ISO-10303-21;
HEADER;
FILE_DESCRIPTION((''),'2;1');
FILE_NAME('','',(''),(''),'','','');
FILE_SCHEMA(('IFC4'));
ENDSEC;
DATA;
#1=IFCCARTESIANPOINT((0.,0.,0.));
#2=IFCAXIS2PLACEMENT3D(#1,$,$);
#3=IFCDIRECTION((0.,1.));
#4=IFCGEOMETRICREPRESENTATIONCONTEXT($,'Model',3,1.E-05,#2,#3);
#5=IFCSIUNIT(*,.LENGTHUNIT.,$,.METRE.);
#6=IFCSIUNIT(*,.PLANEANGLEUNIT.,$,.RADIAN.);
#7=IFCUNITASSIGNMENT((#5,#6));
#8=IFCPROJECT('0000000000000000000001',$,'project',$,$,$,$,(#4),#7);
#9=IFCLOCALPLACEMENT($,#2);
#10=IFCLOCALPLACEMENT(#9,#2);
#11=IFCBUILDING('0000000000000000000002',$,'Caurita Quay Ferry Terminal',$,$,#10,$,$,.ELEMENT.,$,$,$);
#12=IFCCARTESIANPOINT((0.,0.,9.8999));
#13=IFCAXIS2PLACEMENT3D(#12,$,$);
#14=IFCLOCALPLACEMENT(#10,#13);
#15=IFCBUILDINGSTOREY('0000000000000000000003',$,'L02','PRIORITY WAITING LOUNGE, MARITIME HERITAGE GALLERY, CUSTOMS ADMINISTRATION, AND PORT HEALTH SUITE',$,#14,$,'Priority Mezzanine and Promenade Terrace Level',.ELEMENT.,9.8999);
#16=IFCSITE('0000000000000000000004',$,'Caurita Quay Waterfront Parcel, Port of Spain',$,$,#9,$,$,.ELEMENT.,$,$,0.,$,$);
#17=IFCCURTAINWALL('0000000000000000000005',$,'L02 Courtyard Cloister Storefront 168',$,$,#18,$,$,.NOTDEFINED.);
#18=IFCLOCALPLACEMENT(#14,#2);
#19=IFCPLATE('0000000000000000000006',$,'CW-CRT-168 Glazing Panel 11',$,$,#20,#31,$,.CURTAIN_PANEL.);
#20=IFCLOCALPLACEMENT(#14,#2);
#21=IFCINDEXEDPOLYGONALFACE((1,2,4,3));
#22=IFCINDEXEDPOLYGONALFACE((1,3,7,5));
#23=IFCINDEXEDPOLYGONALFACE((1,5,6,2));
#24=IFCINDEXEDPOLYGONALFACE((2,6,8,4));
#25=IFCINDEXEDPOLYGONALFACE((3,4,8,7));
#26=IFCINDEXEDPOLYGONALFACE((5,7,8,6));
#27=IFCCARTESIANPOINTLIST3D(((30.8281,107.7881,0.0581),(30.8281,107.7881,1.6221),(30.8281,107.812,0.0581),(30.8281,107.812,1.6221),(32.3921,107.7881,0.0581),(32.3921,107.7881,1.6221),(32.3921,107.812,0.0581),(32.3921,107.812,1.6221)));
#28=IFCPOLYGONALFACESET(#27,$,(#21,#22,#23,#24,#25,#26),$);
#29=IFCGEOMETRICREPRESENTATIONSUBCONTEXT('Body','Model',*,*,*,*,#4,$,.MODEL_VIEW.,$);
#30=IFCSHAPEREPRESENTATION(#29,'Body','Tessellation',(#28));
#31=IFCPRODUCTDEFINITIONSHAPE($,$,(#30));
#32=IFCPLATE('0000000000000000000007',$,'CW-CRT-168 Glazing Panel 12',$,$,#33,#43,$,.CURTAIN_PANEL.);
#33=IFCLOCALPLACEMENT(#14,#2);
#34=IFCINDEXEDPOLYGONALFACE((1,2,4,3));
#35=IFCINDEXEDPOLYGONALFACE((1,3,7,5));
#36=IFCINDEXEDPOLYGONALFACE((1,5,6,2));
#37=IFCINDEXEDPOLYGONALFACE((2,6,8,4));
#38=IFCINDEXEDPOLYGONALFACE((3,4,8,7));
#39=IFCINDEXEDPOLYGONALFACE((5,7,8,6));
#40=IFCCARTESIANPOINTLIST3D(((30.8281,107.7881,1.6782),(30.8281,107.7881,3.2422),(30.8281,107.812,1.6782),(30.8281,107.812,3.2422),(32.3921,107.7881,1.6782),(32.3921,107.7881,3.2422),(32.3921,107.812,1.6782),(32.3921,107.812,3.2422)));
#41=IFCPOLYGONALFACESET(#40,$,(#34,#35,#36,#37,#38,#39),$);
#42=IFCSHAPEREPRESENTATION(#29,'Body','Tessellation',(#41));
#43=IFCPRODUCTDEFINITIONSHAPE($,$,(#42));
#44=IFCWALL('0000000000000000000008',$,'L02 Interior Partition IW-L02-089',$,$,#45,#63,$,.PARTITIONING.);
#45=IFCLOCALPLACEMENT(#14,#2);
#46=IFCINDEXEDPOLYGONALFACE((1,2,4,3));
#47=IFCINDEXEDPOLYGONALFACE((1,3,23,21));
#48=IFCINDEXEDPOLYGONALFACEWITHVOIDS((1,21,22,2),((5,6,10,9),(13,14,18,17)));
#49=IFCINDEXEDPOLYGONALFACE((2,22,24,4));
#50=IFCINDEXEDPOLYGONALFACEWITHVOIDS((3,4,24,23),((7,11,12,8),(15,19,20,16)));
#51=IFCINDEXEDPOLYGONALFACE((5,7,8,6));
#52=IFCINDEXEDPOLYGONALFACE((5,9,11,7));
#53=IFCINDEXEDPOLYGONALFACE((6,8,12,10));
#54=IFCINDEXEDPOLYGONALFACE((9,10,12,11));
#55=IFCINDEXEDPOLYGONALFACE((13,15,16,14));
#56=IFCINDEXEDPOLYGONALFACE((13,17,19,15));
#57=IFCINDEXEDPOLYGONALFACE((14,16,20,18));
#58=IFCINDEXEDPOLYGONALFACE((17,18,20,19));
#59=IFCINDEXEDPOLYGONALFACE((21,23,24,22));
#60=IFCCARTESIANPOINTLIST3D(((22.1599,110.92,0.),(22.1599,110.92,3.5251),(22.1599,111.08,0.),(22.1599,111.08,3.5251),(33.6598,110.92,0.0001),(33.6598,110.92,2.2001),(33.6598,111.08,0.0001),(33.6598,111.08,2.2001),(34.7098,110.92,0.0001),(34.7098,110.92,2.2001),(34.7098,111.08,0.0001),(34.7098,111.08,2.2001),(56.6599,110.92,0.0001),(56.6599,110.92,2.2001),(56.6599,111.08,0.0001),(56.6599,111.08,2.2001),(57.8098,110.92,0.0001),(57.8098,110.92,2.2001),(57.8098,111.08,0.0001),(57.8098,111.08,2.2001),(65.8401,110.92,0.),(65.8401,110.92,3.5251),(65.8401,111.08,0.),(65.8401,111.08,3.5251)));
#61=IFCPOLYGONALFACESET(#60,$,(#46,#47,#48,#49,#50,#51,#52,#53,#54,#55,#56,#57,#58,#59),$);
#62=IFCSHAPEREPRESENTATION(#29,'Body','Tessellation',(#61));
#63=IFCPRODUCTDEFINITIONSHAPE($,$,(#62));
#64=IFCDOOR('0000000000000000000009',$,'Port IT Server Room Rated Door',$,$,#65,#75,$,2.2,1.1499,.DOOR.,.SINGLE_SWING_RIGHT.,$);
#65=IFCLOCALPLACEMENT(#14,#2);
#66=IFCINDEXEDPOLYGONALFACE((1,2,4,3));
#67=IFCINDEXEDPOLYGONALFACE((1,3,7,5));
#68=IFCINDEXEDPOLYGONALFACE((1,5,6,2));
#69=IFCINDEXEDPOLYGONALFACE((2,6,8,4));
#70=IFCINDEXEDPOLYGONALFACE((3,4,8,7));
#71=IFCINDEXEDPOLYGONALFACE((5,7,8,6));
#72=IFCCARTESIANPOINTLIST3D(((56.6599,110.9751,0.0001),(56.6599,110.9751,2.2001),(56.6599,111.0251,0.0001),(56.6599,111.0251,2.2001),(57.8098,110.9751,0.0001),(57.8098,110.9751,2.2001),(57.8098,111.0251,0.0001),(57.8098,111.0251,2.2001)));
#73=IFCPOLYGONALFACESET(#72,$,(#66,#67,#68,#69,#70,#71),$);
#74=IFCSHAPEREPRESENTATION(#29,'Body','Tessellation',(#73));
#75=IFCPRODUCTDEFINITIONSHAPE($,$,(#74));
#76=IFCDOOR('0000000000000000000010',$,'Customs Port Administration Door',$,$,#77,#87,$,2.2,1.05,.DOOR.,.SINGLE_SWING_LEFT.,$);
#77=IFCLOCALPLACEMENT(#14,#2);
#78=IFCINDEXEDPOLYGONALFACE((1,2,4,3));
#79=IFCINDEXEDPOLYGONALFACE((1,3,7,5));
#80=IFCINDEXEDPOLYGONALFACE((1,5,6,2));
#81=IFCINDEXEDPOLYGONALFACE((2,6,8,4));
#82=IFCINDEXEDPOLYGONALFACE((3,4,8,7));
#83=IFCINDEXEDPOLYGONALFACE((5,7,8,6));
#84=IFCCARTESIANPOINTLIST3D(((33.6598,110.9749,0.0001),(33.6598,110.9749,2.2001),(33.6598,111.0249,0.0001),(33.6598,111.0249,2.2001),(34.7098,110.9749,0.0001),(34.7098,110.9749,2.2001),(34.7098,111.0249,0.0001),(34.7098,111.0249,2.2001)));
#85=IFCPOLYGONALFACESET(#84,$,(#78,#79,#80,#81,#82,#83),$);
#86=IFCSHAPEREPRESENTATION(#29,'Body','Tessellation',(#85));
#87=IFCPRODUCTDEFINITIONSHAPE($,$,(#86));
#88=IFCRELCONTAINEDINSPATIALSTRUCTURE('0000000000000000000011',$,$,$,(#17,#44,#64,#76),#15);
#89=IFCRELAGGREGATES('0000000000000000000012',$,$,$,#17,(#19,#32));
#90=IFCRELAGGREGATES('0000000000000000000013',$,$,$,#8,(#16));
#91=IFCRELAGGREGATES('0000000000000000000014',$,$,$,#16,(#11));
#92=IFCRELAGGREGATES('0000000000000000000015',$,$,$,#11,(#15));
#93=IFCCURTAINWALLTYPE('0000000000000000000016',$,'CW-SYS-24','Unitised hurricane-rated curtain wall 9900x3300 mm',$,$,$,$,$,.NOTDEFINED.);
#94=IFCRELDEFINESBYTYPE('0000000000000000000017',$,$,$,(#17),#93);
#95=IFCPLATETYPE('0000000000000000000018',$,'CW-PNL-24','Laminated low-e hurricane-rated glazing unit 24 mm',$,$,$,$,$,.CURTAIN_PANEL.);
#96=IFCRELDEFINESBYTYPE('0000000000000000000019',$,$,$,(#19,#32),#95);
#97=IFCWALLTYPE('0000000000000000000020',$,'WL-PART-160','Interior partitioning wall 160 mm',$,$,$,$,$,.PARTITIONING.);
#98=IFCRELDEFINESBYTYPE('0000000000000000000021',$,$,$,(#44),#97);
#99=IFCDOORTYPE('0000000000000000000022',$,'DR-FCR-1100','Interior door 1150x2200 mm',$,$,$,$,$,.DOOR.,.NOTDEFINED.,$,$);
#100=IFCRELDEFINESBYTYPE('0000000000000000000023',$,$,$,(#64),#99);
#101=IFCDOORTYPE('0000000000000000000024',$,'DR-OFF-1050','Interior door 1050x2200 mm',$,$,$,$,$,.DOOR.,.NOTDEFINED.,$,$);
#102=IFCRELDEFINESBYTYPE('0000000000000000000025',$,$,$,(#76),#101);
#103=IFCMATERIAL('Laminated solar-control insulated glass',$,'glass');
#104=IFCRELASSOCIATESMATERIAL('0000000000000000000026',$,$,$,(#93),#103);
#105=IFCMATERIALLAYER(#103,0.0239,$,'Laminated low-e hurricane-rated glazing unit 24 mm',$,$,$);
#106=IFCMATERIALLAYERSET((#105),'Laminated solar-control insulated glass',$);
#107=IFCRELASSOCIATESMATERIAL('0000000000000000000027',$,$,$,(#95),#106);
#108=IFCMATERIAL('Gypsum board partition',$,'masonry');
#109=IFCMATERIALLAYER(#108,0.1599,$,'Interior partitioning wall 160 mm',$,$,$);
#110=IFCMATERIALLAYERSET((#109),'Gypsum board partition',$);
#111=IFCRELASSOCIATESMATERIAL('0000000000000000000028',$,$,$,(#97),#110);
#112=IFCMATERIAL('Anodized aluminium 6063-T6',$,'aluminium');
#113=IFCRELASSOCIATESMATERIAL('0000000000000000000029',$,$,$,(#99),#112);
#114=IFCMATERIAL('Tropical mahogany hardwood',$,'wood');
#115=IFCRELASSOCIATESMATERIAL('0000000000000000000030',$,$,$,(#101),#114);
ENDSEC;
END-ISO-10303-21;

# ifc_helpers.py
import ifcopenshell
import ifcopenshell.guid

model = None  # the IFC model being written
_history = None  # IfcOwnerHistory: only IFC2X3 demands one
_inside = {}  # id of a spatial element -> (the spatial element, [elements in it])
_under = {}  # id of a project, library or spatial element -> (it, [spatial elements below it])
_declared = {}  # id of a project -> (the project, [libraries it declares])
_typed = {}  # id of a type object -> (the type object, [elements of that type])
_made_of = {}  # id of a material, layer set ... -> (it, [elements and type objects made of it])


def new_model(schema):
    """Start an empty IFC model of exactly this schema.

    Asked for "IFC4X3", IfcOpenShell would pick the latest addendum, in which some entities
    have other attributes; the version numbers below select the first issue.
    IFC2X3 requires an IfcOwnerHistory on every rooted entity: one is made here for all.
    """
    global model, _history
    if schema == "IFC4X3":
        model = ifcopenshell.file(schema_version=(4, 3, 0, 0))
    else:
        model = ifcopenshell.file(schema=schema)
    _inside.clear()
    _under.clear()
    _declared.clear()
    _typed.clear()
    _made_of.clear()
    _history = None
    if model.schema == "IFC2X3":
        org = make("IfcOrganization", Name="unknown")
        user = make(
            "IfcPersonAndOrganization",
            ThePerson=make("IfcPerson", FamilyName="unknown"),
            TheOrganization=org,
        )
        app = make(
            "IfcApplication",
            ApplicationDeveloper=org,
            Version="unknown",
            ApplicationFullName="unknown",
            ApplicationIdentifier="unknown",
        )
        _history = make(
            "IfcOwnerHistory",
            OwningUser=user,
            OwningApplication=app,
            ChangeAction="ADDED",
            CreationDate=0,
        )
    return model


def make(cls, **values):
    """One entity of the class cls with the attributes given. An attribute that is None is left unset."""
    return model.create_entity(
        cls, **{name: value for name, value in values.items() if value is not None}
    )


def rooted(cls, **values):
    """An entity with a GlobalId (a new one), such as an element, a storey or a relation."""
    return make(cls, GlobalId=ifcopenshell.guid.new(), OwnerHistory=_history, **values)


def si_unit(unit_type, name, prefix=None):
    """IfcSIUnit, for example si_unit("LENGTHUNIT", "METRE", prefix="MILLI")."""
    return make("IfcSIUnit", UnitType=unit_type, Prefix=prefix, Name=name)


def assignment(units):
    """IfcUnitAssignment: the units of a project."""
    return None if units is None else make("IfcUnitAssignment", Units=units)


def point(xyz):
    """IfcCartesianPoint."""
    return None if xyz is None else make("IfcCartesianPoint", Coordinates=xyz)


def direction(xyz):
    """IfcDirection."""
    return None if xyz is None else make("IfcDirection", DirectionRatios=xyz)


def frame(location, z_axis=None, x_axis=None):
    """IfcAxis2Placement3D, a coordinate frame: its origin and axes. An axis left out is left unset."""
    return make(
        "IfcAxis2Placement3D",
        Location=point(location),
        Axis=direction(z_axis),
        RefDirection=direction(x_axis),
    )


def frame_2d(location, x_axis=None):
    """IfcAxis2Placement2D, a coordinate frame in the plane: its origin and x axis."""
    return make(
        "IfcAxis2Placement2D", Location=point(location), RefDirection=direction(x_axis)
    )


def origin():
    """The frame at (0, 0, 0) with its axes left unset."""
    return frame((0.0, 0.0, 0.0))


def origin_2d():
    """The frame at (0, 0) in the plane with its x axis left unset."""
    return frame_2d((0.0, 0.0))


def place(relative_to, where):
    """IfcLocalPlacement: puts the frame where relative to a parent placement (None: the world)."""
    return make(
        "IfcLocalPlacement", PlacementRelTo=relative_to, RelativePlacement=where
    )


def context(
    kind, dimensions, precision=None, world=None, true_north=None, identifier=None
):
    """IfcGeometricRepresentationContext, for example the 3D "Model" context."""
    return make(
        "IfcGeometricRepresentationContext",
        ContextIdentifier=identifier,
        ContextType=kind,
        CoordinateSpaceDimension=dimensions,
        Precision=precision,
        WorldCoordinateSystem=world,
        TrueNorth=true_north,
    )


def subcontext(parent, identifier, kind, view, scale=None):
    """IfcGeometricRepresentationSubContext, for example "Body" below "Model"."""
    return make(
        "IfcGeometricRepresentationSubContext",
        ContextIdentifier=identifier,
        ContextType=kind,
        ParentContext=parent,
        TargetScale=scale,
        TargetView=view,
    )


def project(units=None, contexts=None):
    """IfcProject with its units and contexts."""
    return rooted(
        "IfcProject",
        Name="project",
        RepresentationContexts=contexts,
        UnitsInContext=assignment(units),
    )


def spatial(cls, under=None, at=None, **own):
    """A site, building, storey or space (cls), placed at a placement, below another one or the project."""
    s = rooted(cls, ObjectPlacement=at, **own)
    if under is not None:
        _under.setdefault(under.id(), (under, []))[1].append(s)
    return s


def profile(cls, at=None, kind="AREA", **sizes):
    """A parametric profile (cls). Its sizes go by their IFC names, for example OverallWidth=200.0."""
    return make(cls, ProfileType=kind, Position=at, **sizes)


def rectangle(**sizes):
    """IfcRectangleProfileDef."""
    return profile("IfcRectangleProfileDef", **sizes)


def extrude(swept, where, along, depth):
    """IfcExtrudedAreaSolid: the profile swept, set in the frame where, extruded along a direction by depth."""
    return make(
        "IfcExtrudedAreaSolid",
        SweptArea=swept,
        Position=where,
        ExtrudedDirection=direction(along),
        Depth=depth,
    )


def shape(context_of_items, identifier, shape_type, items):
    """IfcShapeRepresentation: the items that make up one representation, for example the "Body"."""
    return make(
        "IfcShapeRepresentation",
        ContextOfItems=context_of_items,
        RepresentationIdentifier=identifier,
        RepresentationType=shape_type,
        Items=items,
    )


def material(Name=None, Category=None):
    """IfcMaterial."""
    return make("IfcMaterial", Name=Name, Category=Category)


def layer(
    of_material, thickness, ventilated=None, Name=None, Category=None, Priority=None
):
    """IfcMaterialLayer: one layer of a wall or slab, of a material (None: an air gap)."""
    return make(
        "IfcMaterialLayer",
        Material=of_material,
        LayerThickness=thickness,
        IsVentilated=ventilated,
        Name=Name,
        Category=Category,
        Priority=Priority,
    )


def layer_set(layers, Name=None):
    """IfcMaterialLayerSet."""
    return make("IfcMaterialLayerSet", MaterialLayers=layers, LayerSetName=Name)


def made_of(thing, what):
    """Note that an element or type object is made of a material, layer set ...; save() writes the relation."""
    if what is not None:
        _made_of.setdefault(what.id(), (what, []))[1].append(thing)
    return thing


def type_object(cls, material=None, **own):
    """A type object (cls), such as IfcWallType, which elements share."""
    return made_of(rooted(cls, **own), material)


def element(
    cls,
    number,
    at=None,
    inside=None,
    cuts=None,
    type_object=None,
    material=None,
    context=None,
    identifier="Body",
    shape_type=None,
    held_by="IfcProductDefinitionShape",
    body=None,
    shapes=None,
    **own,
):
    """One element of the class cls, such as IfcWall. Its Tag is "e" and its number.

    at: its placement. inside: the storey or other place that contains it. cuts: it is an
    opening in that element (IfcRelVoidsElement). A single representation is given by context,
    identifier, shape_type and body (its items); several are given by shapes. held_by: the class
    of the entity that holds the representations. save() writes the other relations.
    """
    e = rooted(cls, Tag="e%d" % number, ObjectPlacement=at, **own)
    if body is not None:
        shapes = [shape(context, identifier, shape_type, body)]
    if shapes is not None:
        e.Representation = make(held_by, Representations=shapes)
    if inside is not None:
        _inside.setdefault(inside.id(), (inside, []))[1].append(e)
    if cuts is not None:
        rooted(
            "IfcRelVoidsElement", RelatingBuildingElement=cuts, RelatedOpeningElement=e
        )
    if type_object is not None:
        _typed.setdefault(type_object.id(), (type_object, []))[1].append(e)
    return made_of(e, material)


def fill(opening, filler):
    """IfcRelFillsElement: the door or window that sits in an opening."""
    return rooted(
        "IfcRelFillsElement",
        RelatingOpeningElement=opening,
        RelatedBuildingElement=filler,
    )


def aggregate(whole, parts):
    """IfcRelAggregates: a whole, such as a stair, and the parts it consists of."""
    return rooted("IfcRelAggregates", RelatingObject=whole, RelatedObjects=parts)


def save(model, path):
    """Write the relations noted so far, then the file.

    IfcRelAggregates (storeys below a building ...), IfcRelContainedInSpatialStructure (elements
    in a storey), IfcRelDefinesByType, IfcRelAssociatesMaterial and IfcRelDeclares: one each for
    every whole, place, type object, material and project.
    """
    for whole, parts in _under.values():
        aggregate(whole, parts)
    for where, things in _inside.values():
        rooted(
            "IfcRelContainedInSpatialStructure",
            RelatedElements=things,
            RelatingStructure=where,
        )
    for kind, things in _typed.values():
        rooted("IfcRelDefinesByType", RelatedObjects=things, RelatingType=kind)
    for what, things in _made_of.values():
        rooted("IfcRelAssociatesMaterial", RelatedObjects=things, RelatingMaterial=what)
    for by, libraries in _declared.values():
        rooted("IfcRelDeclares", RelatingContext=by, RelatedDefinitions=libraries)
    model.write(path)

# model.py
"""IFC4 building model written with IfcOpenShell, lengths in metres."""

from ifc_helpers import new_model, si_unit, direction, frame, frame_2d, origin, origin_2d, place, context, subcontext, project, spatial, rectangle, extrude, material, layer, layer_set, type_object, element, fill, aggregate, save


model = new_model("IFC4")

# Units and contexts
model_context = context("Model", 3, precision=1e-05, world=origin(), true_north=direction((0.0, 1.0)))
body_context = subcontext(model_context, "Body", "Model", "MODEL_VIEW")
ifc_project = project(units=[si_unit("LENGTHUNIT", "METRE"), si_unit("PLANEANGLEUNIT", "RADIAN")], contexts=[model_context])

# Site, building, storey
site_placement = place(None, origin())
site = spatial("IfcSite", under=ifc_project, at=site_placement, Name="Caurita Quay Waterfront Parcel, Port of Spain", CompositionType="ELEMENT", RefElevation=0.0)
building_placement = place(site_placement, origin())
building = spatial("IfcBuilding", under=site, at=building_placement, Name="Caurita Quay Ferry Terminal", CompositionType="ELEMENT")
storey_placement = place(building_placement, frame((0.0, 0.0, 9.8999)))
storey = spatial("IfcBuildingStorey", under=building, at=storey_placement, Name="L02", Description="PRIORITY WAITING LOUNGE, MARITIME HERITAGE GALLERY, CUSTOMS ADMINISTRATION, AND PORT HEALTH SUITE", LongName="Priority Mezzanine and Promenade Terrace Level", CompositionType="ELEMENT", Elevation=9.8999)

# Curtain wall, plates
ifc_material_1 = material(Name="Laminated solar-control insulated glass", Category="glass")
curtain_wall_type = type_object("IfcCurtainWallType", Name="CW-SYS-24", Description="Unitised hurricane-rated curtain wall 9900x3300 mm", PredefinedType="NOTDEFINED", material=ifc_material_1)
curtain_wall_placement = place(storey_placement, origin())
curtain_wall = element("IfcCurtainWall", 1, at=curtain_wall_placement, inside=storey, type_object=curtain_wall_type, Name="L02 Courtyard Cloister Storefront 168", PredefinedType="NOTDEFINED")
ifc_material_2 = material(Name="Anodized aluminium 6063-T6", Category="aluminium")
ifc_layer_1 = layer(ifc_material_1, 0.0239, Name="Laminated low-e hurricane-rated glazing unit 24 mm")
ifc_layer_set_1 = layer_set([ifc_layer_1], Name="Laminated solar-control insulated glass")
plate_type = type_object("IfcPlateType", Name="CW-PNL-24", Description="Laminated low-e hurricane-rated glazing unit 24 mm", PredefinedType="CURTAIN_PANEL", material=ifc_layer_set_1)
plate_1_placement = place(storey_placement, frame((31.6101, 107.8, 0.0581), z_axis=(0.0, 0.0, 1.0), x_axis=(1.0, 0.0, 0.0)))
plate_1 = element("IfcPlate", 2, at=plate_1_placement, type_object=plate_type, Name="CW-CRT-168 Glazing Panel 11", PredefinedType="CURTAIN_PANEL", context=body_context, shape_type="SweptSolid", body=[
    extrude(rectangle(XDim=1.564, YDim=0.0239, at=origin_2d()), origin(), (0.0, 0.0, 1.0), 1.564),
])
plate_2_placement = place(storey_placement, frame((31.6101, 107.8, 1.6782), z_axis=(0.0, 0.0, 1.0), x_axis=(1.0, 0.0, 0.0)))
plate_2 = element("IfcPlate", 3, at=plate_2_placement, type_object=plate_type, Name="CW-CRT-168 Glazing Panel 12", PredefinedType="CURTAIN_PANEL", context=body_context, shape_type="SweptSolid", body=[
    extrude(rectangle(XDim=1.564, YDim=0.0239, at=origin_2d()), origin(), (0.0, 0.0, 1.0), 1.564),
])
aggregate(curtain_wall, [plate_1, plate_2])

# Wall, openings, doors
ifc_material_3 = material(Name="Gypsum board partition", Category="masonry")
ifc_layer_2 = layer(ifc_material_3, 0.1599, Name="Interior partitioning wall 160 mm")
ifc_layer_set_2 = layer_set([ifc_layer_2], Name="Gypsum board partition")
wall_type = type_object("IfcWallType", Name="WL-PART-160", Description="Interior partitioning wall 160 mm", PredefinedType="PARTITIONING", material=ifc_layer_set_2)
wall_placement = place(storey_placement, frame((22.1599, 111.0, 0.0), z_axis=(0.0, 0.0, 1.0), x_axis=(1.0, 0.0, 0.0)))
wall = element("IfcWall", 4, at=wall_placement, inside=storey, type_object=wall_type, Name="L02 Interior Partition IW-L02-089", PredefinedType="PARTITIONING", context=body_context, shape_type="SweptSolid", body=[
    extrude(rectangle(XDim=43.6802, YDim=0.1599, at=frame_2d((21.8401, 0.0))), origin(), (0.0, 0.0, 1.0), 3.5251),
])
opening_1_placement = place(wall_placement, frame((11.5, 0.0, 0.0)))
opening_1 = element("IfcOpeningElement", 5, at=opening_1_placement, cuts=wall, PredefinedType="OPENING", context=body_context, shape_type="SweptSolid", body=[
    extrude(rectangle(XDim=1.05, YDim=2.2, at=frame_2d((0.5249, 1.1001))), frame((0.0, 0.0898, 0.0), z_axis=(0.0, -1.0, 0.0), x_axis=(1.0, 0.0, 0.0)), (0.0, 0.0, 1.0), 0.1799),
])
opening_2_placement = place(wall_placement, frame((34.5, 0.0, 0.0)))
opening_2 = element("IfcOpeningElement", 6, at=opening_2_placement, cuts=wall, PredefinedType="OPENING", context=body_context, shape_type="SweptSolid", body=[
    extrude(rectangle(XDim=1.1499, YDim=2.2, at=frame_2d((0.575, 1.1001))), frame((0.0, 0.0898, 0.0), z_axis=(0.0, -1.0, 0.0), x_axis=(1.0, 0.0, 0.0)), (0.0, 0.0, 1.0), 0.1799),
])
door_type_1 = type_object("IfcDoorType", Name="DR-FCR-1100", Description="Interior door 1150x2200 mm", OperationType="NOTDEFINED", PredefinedType="DOOR", material=ifc_material_2)
door_1_placement = place(opening_2_placement, frame((1.1499, 0.0, 0.0), z_axis=(0.0, 0.0, 1.0), x_axis=(-1.0, 0.0, 0.0)))
door_1 = element("IfcDoor", 7, at=door_1_placement, inside=storey, type_object=door_type_1, Name="Port IT Server Room Rated Door", OperationType="SINGLE_SWING_RIGHT", OverallHeight=2.2, OverallWidth=1.1499, PredefinedType="DOOR", context=body_context, shape_type="SweptSolid", body=[
    extrude(rectangle(XDim=1.1499, YDim=2.2, at=frame_2d((0.575, 1.1001))), frame((0.0, 0.0249, 0.0), z_axis=(0.0, -1.0, 0.0), x_axis=(1.0, 0.0, 0.0)), (0.0, 0.0, 1.0), 0.05),
])
fill(opening_2, door_1)
ifc_material_4 = material(Name="Tropical mahogany hardwood", Category="wood")
door_type_2 = type_object("IfcDoorType", Name="DR-OFF-1050", Description="Interior door 1050x2200 mm", OperationType="NOTDEFINED", PredefinedType="DOOR", material=ifc_material_4)
door_2_placement = place(opening_1_placement, origin())
door_2 = element("IfcDoor", 8, at=door_2_placement, inside=storey, type_object=door_type_2, Name="Customs Port Administration Door", OperationType="SINGLE_SWING_LEFT", OverallHeight=2.2, OverallWidth=1.05, PredefinedType="DOOR", context=body_context, shape_type="SweptSolid", body=[
    extrude(rectangle(XDim=1.05, YDim=2.2, at=frame_2d((0.5249, 1.1001))), frame((0.0, 0.0249, 0.0), z_axis=(0.0, -1.0, 0.0), x_axis=(1.0, 0.0, 0.0)), (0.0, 0.0, 1.0), 0.05),
])
fill(opening_1, door_2)

save(model, "model.ifc")
